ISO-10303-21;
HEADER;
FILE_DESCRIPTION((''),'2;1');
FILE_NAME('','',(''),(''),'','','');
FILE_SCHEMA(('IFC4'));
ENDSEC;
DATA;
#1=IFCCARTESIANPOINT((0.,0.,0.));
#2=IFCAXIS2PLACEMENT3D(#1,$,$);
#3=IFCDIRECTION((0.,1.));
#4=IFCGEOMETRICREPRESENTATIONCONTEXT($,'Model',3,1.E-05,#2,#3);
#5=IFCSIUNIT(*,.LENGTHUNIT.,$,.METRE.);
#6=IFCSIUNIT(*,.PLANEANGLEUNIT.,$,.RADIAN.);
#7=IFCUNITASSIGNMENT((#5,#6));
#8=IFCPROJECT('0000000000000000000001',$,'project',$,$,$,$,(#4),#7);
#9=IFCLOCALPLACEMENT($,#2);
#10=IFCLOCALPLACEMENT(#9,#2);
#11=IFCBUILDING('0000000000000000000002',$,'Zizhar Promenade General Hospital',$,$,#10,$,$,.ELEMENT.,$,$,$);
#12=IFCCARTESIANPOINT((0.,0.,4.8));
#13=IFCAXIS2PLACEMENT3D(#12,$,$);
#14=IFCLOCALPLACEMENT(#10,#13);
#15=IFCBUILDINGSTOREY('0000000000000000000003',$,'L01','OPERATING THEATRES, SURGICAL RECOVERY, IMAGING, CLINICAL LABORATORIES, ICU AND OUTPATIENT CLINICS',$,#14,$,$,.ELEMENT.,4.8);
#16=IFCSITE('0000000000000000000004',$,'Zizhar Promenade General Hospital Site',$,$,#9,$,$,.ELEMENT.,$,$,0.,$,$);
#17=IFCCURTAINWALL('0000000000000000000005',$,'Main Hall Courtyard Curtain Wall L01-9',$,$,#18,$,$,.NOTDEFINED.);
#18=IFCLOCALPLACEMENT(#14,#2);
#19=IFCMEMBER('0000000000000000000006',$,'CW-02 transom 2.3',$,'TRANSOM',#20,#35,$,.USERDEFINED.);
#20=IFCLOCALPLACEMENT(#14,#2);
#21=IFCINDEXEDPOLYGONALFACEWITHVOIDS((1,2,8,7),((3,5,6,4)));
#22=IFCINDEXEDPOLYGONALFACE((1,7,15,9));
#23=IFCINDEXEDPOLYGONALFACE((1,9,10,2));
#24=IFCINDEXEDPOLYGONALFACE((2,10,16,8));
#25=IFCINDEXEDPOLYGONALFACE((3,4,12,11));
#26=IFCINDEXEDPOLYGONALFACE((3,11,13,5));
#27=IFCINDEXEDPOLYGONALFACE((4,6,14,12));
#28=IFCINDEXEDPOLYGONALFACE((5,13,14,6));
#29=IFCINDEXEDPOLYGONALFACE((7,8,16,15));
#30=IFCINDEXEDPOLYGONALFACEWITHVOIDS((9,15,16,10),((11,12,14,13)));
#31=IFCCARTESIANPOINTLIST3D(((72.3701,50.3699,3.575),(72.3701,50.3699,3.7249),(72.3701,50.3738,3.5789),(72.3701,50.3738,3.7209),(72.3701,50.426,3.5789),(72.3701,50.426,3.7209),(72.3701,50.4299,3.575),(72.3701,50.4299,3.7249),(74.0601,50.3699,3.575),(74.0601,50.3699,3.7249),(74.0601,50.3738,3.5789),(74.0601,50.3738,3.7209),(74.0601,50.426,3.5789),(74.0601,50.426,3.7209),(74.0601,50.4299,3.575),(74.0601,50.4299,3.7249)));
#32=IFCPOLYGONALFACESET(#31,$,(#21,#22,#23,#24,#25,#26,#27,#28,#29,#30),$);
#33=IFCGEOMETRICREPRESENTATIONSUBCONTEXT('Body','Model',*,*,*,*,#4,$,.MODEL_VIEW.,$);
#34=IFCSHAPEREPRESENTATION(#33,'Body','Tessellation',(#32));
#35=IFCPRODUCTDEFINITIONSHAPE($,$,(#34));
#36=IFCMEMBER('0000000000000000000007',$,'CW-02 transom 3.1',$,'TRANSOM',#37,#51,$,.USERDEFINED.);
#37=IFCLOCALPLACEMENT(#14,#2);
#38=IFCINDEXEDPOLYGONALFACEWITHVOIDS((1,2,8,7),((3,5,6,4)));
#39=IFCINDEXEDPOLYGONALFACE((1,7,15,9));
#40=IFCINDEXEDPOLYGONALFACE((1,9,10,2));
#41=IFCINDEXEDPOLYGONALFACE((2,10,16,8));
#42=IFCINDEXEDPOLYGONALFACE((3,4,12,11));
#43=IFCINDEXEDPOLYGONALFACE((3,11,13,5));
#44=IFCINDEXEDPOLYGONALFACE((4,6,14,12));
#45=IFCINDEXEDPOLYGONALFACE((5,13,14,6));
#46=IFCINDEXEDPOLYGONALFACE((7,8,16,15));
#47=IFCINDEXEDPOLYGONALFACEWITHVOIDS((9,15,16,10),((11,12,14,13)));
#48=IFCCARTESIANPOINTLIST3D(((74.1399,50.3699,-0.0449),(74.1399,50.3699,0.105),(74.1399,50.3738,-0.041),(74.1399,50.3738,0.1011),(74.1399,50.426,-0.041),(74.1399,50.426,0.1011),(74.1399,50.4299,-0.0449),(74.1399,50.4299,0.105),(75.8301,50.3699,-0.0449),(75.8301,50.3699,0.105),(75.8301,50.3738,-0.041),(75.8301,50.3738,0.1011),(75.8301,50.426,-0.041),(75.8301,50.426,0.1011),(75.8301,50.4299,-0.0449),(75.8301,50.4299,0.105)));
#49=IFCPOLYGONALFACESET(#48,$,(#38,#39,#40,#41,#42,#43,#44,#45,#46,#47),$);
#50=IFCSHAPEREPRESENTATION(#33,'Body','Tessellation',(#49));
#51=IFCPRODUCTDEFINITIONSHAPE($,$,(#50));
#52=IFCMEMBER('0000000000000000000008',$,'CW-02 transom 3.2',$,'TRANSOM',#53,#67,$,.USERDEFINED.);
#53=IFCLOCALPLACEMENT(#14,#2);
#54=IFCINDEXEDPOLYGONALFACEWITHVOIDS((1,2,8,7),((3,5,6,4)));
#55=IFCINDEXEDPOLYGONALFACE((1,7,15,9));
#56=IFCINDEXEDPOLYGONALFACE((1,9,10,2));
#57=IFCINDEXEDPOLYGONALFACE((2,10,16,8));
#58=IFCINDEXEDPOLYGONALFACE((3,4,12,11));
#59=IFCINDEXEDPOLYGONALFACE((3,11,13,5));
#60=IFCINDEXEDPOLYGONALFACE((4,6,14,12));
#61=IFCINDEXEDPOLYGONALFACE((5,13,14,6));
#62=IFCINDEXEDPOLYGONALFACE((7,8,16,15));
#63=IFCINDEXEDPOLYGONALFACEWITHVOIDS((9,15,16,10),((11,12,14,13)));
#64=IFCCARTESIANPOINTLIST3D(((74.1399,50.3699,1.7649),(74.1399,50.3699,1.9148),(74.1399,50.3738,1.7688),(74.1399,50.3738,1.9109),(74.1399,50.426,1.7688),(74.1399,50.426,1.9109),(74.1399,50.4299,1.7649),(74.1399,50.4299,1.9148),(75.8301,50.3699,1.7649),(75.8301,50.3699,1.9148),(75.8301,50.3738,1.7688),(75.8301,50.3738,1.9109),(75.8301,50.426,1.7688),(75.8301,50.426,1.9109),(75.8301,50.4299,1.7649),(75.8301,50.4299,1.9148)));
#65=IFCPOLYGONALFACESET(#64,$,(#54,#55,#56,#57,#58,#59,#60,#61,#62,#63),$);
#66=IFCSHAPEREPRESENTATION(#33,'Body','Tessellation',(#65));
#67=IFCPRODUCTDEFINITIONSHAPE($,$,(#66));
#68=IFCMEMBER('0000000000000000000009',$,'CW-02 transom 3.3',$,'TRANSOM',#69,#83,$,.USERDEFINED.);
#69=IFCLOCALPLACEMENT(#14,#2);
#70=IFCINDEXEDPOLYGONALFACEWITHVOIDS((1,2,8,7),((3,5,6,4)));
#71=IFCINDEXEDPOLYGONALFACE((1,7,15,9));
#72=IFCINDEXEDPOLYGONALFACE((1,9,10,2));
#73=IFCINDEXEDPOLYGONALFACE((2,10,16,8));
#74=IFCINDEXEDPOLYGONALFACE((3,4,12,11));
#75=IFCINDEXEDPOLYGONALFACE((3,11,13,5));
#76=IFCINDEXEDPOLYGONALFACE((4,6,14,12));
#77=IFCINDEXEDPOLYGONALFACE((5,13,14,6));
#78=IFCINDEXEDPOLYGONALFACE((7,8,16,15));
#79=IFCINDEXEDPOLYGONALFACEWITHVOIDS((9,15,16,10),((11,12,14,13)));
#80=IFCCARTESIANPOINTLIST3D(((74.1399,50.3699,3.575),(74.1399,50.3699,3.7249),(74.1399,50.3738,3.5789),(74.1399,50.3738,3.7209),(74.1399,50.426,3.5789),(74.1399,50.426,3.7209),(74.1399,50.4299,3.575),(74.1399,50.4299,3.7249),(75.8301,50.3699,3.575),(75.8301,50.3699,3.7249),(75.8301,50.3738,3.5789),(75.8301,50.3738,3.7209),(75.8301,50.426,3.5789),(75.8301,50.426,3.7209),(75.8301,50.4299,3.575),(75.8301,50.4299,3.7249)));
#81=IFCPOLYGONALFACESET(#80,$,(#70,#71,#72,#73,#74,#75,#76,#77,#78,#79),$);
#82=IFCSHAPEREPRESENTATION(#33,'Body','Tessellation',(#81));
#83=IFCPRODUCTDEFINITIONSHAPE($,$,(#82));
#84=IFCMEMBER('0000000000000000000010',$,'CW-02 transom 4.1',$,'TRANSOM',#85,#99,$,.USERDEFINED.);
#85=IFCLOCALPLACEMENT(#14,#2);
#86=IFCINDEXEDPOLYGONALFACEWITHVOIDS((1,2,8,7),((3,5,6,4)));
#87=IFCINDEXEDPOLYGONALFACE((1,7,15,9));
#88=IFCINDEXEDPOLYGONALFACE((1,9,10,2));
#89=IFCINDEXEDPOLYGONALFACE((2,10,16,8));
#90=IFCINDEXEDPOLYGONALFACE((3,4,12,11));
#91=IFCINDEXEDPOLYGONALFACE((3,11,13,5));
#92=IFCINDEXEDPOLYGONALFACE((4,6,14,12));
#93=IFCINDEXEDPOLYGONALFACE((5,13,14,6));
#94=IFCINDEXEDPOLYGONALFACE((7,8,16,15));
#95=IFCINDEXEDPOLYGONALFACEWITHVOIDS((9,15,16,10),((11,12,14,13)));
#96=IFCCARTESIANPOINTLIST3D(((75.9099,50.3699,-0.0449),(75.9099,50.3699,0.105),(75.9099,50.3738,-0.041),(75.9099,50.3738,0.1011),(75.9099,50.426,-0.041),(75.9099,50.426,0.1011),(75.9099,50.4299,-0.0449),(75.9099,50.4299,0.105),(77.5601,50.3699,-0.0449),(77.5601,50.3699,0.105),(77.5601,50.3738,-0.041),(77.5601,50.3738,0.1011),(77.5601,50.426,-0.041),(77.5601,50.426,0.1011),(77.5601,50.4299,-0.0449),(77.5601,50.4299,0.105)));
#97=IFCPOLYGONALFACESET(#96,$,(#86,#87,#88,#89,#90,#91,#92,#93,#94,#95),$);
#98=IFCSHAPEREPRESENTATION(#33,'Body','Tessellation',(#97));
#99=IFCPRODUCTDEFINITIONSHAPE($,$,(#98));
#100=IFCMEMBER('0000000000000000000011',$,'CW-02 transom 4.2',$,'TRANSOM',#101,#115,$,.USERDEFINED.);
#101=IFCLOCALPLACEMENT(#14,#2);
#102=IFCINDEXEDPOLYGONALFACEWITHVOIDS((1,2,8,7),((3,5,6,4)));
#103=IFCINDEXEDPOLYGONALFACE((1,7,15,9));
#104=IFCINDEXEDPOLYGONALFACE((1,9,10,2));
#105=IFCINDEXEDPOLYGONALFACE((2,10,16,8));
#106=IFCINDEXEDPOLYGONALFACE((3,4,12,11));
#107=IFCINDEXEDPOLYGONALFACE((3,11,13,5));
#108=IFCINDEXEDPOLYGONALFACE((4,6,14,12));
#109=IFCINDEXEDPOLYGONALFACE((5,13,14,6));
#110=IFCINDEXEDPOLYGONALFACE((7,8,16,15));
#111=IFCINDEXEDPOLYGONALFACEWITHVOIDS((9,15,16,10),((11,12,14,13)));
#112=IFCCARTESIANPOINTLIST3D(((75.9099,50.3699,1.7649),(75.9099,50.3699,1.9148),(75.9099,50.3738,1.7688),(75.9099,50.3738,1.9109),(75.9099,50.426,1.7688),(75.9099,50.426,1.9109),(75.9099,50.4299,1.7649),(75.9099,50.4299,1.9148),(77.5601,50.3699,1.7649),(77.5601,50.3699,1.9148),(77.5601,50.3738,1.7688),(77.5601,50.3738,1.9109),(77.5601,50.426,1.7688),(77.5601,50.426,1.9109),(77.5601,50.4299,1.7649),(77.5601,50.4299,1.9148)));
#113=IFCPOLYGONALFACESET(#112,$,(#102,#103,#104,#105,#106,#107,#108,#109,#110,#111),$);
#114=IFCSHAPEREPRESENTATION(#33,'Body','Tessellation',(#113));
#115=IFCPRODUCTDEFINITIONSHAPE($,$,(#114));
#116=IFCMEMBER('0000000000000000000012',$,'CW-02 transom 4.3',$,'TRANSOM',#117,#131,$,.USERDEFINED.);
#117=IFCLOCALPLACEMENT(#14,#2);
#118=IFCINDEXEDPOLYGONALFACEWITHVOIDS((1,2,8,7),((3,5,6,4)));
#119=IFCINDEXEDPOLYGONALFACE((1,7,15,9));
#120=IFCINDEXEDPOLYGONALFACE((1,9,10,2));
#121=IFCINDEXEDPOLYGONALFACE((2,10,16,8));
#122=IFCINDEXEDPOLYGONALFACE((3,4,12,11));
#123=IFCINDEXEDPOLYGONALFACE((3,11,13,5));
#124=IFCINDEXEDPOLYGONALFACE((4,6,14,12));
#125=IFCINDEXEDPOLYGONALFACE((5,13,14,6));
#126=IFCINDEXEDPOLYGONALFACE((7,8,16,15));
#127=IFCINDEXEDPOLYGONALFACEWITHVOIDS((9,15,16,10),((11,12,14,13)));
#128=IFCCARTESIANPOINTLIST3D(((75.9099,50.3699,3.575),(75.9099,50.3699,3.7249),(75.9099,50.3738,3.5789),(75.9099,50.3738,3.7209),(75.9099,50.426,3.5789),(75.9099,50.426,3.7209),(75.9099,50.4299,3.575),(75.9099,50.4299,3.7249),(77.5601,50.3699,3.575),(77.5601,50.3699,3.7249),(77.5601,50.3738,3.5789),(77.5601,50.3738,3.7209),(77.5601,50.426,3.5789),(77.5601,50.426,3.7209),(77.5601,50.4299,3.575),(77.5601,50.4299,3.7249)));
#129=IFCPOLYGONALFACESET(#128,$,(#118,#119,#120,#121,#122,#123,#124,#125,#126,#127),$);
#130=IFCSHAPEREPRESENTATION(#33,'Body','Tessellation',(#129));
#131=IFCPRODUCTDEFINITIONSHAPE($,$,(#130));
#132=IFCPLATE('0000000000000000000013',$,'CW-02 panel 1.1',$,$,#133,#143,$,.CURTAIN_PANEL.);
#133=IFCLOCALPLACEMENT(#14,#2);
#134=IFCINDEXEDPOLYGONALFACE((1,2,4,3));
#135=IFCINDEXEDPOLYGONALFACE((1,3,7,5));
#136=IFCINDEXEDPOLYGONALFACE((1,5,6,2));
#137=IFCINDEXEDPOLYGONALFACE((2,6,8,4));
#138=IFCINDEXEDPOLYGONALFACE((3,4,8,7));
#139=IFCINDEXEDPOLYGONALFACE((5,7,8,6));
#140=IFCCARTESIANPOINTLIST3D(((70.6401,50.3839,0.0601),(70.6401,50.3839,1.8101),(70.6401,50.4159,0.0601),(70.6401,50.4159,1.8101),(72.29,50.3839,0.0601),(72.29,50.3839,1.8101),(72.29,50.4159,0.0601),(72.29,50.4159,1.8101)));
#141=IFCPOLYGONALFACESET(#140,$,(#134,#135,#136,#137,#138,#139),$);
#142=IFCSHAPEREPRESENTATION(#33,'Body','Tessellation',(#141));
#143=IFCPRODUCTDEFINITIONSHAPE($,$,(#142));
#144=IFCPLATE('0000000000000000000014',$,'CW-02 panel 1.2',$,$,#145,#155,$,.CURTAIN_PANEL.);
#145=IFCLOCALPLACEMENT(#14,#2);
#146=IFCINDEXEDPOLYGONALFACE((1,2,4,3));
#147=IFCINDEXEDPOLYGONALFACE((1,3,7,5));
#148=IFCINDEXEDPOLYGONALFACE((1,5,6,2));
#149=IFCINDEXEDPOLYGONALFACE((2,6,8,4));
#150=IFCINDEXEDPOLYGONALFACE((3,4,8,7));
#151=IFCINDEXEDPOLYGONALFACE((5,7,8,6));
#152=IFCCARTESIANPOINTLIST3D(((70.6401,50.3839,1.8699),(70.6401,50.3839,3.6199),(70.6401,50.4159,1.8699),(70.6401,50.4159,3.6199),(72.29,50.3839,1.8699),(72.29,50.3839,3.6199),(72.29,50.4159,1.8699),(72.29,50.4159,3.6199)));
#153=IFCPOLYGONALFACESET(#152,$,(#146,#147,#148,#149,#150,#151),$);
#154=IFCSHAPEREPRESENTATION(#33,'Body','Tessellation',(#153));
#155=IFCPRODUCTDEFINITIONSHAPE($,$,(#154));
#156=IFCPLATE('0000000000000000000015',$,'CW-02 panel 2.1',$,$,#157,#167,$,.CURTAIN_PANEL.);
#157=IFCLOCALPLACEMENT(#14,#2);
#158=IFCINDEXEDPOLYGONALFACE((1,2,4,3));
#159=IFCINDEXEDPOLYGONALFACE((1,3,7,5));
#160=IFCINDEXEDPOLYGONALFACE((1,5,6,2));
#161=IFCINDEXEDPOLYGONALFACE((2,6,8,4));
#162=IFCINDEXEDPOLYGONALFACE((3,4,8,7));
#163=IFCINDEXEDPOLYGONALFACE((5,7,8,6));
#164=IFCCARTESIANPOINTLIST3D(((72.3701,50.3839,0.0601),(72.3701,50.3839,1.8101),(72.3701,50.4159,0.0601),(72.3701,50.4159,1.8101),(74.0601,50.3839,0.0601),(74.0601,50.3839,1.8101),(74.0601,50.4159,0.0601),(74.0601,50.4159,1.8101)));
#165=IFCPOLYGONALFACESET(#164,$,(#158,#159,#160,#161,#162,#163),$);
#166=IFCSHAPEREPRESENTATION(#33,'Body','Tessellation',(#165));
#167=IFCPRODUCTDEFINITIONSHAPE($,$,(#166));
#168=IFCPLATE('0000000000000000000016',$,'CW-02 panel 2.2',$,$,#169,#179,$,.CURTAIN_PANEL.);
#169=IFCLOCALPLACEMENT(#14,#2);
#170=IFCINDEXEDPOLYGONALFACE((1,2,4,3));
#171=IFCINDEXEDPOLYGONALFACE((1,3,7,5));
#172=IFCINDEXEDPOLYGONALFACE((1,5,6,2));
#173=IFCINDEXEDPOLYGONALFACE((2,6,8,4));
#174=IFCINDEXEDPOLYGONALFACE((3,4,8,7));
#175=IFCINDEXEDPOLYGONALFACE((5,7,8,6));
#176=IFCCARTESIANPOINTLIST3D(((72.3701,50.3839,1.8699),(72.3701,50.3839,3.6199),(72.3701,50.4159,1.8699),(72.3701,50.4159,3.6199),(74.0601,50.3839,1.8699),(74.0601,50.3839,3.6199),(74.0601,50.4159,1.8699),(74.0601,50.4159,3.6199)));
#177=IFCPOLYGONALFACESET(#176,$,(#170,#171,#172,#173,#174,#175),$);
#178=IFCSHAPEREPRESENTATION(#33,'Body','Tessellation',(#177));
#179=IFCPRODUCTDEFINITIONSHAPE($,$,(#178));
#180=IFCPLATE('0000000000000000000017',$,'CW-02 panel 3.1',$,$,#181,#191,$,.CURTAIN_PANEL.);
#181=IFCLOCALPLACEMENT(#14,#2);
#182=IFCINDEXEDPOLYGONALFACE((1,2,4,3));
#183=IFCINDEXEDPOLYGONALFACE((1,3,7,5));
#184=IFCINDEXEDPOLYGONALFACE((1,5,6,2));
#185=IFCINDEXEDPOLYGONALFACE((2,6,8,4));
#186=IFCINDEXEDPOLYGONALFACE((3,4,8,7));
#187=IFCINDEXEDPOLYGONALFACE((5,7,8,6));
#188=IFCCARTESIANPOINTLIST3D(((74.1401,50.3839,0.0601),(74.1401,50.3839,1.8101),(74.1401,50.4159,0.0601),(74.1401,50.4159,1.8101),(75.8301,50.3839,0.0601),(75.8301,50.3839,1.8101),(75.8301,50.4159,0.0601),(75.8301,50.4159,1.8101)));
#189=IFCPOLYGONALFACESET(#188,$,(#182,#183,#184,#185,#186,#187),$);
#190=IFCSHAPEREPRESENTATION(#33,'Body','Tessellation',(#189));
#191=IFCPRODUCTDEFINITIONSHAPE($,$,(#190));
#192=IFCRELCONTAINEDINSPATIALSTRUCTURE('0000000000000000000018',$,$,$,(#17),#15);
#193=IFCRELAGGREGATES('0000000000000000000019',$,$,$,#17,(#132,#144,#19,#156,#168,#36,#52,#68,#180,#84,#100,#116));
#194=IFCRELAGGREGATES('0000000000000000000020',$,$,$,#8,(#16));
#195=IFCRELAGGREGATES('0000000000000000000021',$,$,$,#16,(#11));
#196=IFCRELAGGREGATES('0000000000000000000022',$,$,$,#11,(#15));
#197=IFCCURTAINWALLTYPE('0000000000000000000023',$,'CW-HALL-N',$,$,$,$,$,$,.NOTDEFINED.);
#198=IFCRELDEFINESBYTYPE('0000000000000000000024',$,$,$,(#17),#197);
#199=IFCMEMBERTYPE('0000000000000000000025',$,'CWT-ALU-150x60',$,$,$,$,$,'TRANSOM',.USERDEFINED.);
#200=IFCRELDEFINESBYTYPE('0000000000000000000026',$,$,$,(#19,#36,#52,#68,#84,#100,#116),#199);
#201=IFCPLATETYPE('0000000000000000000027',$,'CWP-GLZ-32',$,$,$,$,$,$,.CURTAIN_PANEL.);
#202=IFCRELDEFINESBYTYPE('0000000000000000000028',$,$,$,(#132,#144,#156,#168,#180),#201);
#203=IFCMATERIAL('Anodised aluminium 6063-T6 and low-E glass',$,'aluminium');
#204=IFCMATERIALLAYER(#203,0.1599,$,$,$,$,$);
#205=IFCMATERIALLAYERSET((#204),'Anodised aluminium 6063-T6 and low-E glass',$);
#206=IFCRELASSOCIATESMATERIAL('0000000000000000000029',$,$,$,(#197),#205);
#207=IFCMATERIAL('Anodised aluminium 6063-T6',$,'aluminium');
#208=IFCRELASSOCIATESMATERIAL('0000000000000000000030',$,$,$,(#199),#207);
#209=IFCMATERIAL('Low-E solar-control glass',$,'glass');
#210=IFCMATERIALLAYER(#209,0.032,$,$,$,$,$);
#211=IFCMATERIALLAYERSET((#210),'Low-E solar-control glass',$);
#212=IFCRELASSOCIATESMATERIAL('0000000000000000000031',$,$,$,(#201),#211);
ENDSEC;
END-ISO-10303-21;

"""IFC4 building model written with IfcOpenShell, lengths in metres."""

from ifc_helpers import new_model, si_unit, direction, frame, origin, origin_2d, place, context, subcontext, project, spatial, rectangle, hollow_rectangle, extrude, material, layer, layer_set, material_profile, profile_set, type_object, element, aggregate, save


model = new_model("IFC4")

# Units and contexts
model_context = context("Model", 3, precision=1e-05, world=origin(), true_north=direction((0.0, 1.0)))
body_context = subcontext(model_context, "Body", "Model", "MODEL_VIEW")
ifc_project = project(units=[si_unit("LENGTHUNIT", "METRE"), si_unit("PLANEANGLEUNIT", "RADIAN")], contexts=[model_context])

# Site, building, storey
site_placement = place(None, origin())
site = spatial("IfcSite", under=ifc_project, at=site_placement, Name="Zizhar Promenade General Hospital Site", CompositionType="ELEMENT", RefElevation=0.0)
building_placement = place(site_placement, origin())
building = spatial("IfcBuilding", under=site, at=building_placement, Name="Zizhar Promenade General Hospital", CompositionType="ELEMENT")
storey_placement = place(building_placement, frame((0.0, 0.0, 4.8)))
storey = spatial("IfcBuildingStorey", under=building, at=storey_placement, Name="L01", Description="OPERATING THEATRES, SURGICAL RECOVERY, IMAGING, CLINICAL LABORATORIES, ICU AND OUTPATIENT CLINICS", CompositionType="ELEMENT", Elevation=4.8)

# Curtain wall, members, plates
ifc_material_1 = material(Name="Anodised aluminium 6063-T6 and low-E glass", Category="aluminium")
ifc_layer_1 = layer(ifc_material_1, 0.1599)
ifc_layer_set_1 = layer_set([ifc_layer_1], Name="Anodised aluminium 6063-T6 and low-E glass")
curtain_wall_type = type_object("IfcCurtainWallType", Name="CW-HALL-N", PredefinedType="NOTDEFINED", material=ifc_layer_set_1)
curtain_wall_placement = place(storey_placement, origin())
curtain_wall = element("IfcCurtainWall", 1, at=curtain_wall_placement, inside=storey, type_object=curtain_wall_type, Name="Main Hall Courtyard Curtain Wall L01-9", PredefinedType="NOTDEFINED")
ifc_material_2 = material(Name="Anodised aluminium 6063-T6", Category="aluminium")
ifc_material_profile_1 = material_profile(ifc_material_2, hollow_rectangle(XDim=0.0601, YDim=0.1499, WallThickness=0.0039, at=origin_2d()))
ifc_profile_set_1 = profile_set([ifc_material_profile_1], Name="Anodised aluminium 6063-T6")
member_type_1 = type_object("IfcMemberType", Name="CWT-ALU-150x60", ElementType="TRANSOM", PredefinedType="USERDEFINED", material=ifc_profile_set_1)
member_1_placement = place(storey_placement, frame((72.3701, 50.3999, 3.6499), z_axis=(1.0, 0.0, 0.0), x_axis=(0.0, 1.0, 0.0)))
member_1 = element("IfcMember", 2, at=member_1_placement, type_object=member_type_1, Name="CW-02 transom 2.3", ObjectType="TRANSOM", PredefinedType="USERDEFINED", context=body_context, shape_type="SweptSolid", body=[
    extrude(hollow_rectangle(XDim=0.0601, YDim=0.1499, WallThickness=0.0039, at=origin_2d()), origin(), (0.0, 0.0, 1.0), 1.6899),
])
member_2_placement = place(storey_placement, frame((74.1399, 50.3999, 0.03), z_axis=(1.0, 0.0, 0.0), x_axis=(0.0, 1.0, 0.0)))
member_2 = element("IfcMember", 3, at=member_2_placement, type_object=member_type_1, Name="CW-02 transom 3.1", ObjectType="TRANSOM", PredefinedType="USERDEFINED", context=body_context, shape_type="SweptSolid", body=[
    extrude(hollow_rectangle(XDim=0.0601, YDim=0.1499, WallThickness=0.0039, at=origin_2d()), origin(), (0.0, 0.0, 1.0), 1.6902),
])
member_3_placement = place(storey_placement, frame((74.1399, 50.3999, 1.8398), z_axis=(1.0, 0.0, 0.0), x_axis=(0.0, 1.0, 0.0)))
member_3 = element("IfcMember", 4, at=member_3_placement, type_object=member_type_1, Name="CW-02 transom 3.2", ObjectType="TRANSOM", PredefinedType="USERDEFINED", context=body_context, shape_type="SweptSolid", body=[
    extrude(hollow_rectangle(XDim=0.0601, YDim=0.1499, WallThickness=0.0039, at=origin_2d()), origin(), (0.0, 0.0, 1.0), 1.6902),
])
member_4_placement = place(storey_placement, frame((74.1399, 50.3999, 3.6499), z_axis=(1.0, 0.0, 0.0), x_axis=(0.0, 1.0, 0.0)))
member_4 = element("IfcMember", 5, at=member_4_placement, type_object=member_type_1, Name="CW-02 transom 3.3", ObjectType="TRANSOM", PredefinedType="USERDEFINED", context=body_context, shape_type="SweptSolid", body=[
    extrude(hollow_rectangle(XDim=0.0601, YDim=0.1499, WallThickness=0.0039, at=origin_2d()), origin(), (0.0, 0.0, 1.0), 1.6902),
])
member_5_placement = place(storey_placement, frame((75.9099, 50.3999, 0.03), z_axis=(1.0, 0.0, 0.0), x_axis=(0.0, 1.0, 0.0)))
member_5 = element("IfcMember", 6, at=member_5_placement, type_object=member_type_1, Name="CW-02 transom 4.1", ObjectType="TRANSOM", PredefinedType="USERDEFINED", context=body_context, shape_type="SweptSolid", body=[
    extrude(hollow_rectangle(XDim=0.0601, YDim=0.1499, WallThickness=0.0039, at=origin_2d()), origin(), (0.0, 0.0, 1.0), 1.6501),
])
member_6_placement = place(storey_placement, frame((75.9099, 50.3999, 1.8398), z_axis=(1.0, 0.0, 0.0), x_axis=(0.0, 1.0, 0.0)))
member_6 = element("IfcMember", 7, at=member_6_placement, type_object=member_type_1, Name="CW-02 transom 4.2", ObjectType="TRANSOM", PredefinedType="USERDEFINED", context=body_context, shape_type="SweptSolid", body=[
    extrude(hollow_rectangle(XDim=0.0601, YDim=0.1499, WallThickness=0.0039, at=origin_2d()), origin(), (0.0, 0.0, 1.0), 1.6501),
])
member_7_placement = place(storey_placement, frame((75.9099, 50.3999, 3.6499), z_axis=(1.0, 0.0, 0.0), x_axis=(0.0, 1.0, 0.0)))
member_7 = element("IfcMember", 8, at=member_7_placement, type_object=member_type_1, Name="CW-02 transom 4.3", ObjectType="TRANSOM", PredefinedType="USERDEFINED", context=body_context, shape_type="SweptSolid", body=[
    extrude(hollow_rectangle(XDim=0.0601, YDim=0.1499, WallThickness=0.0039, at=origin_2d()), origin(), (0.0, 0.0, 1.0), 1.6501),
])
ifc_material_3 = material(Name="Low-E solar-control glass", Category="glass")
ifc_layer_2 = layer(ifc_material_3, 0.032)
ifc_layer_set_2 = layer_set([ifc_layer_2], Name="Low-E solar-control glass")
plate_type = type_object("IfcPlateType", Name="CWP-GLZ-32", PredefinedType="CURTAIN_PANEL", material=ifc_layer_set_2)
plate_1_placement = place(storey_placement, frame((71.4651, 50.3999, 0.0601), z_axis=(0.0, 0.0, 1.0), x_axis=(1.0, 0.0, 0.0)))
plate_1 = element("IfcPlate", 9, at=plate_1_placement, type_object=plate_type, Name="CW-02 panel 1.1", PredefinedType="CURTAIN_PANEL", context=body_context, shape_type="SweptSolid", body=[
    extrude(rectangle(XDim=1.6499, YDim=0.032, at=origin_2d()), origin(), (0.0, 0.0, 1.0), 1.75),
])
plate_2_placement = place(storey_placement, frame((71.4651, 50.3999, 1.8699), z_axis=(0.0, 0.0, 1.0), x_axis=(1.0, 0.0, 0.0)))
plate_2 = element("IfcPlate", 10, at=plate_2_placement, type_object=plate_type, Name="CW-02 panel 1.2", PredefinedType="CURTAIN_PANEL", context=body_context, shape_type="SweptSolid", body=[
    extrude(rectangle(XDim=1.6499, YDim=0.032, at=origin_2d()), origin(), (0.0, 0.0, 1.0), 1.75),
])
plate_3_placement = place(storey_placement, frame((73.2151, 50.3999, 0.0601), z_axis=(0.0, 0.0, 1.0), x_axis=(1.0, 0.0, 0.0)))
plate_3 = element("IfcPlate", 11, at=plate_3_placement, type_object=plate_type, Name="CW-02 panel 2.1", PredefinedType="CURTAIN_PANEL", context=body_context, shape_type="SweptSolid", body=[
    extrude(rectangle(XDim=1.6899, YDim=0.032, at=origin_2d()), origin(), (0.0, 0.0, 1.0), 1.75),
])
plate_4_placement = place(storey_placement, frame((73.2151, 50.3999, 1.8699), z_axis=(0.0, 0.0, 1.0), x_axis=(1.0, 0.0, 0.0)))
plate_4 = element("IfcPlate", 12, at=plate_4_placement, type_object=plate_type, Name="CW-02 panel 2.2", PredefinedType="CURTAIN_PANEL", context=body_context, shape_type="SweptSolid", body=[
    extrude(rectangle(XDim=1.6899, YDim=0.032, at=origin_2d()), origin(), (0.0, 0.0, 1.0), 1.75),
])
plate_5_placement = place(storey_placement, frame((74.9851, 50.3999, 0.0601), z_axis=(0.0, 0.0, 1.0), x_axis=(1.0, 0.0, 0.0)))
plate_5 = element("IfcPlate", 13, at=plate_5_placement, type_object=plate_type, Name="CW-02 panel 3.1", PredefinedType="CURTAIN_PANEL", context=body_context, shape_type="SweptSolid", body=[
    extrude(rectangle(XDim=1.6899, YDim=0.032, at=origin_2d()), origin(), (0.0, 0.0, 1.0), 1.75),
])
aggregate(curtain_wall, [plate_1, plate_2, member_1, plate_3, plate_4, member_2, member_3, member_4, plate_5, member_5, member_6, member_7])

save(model, "model.ifc")
